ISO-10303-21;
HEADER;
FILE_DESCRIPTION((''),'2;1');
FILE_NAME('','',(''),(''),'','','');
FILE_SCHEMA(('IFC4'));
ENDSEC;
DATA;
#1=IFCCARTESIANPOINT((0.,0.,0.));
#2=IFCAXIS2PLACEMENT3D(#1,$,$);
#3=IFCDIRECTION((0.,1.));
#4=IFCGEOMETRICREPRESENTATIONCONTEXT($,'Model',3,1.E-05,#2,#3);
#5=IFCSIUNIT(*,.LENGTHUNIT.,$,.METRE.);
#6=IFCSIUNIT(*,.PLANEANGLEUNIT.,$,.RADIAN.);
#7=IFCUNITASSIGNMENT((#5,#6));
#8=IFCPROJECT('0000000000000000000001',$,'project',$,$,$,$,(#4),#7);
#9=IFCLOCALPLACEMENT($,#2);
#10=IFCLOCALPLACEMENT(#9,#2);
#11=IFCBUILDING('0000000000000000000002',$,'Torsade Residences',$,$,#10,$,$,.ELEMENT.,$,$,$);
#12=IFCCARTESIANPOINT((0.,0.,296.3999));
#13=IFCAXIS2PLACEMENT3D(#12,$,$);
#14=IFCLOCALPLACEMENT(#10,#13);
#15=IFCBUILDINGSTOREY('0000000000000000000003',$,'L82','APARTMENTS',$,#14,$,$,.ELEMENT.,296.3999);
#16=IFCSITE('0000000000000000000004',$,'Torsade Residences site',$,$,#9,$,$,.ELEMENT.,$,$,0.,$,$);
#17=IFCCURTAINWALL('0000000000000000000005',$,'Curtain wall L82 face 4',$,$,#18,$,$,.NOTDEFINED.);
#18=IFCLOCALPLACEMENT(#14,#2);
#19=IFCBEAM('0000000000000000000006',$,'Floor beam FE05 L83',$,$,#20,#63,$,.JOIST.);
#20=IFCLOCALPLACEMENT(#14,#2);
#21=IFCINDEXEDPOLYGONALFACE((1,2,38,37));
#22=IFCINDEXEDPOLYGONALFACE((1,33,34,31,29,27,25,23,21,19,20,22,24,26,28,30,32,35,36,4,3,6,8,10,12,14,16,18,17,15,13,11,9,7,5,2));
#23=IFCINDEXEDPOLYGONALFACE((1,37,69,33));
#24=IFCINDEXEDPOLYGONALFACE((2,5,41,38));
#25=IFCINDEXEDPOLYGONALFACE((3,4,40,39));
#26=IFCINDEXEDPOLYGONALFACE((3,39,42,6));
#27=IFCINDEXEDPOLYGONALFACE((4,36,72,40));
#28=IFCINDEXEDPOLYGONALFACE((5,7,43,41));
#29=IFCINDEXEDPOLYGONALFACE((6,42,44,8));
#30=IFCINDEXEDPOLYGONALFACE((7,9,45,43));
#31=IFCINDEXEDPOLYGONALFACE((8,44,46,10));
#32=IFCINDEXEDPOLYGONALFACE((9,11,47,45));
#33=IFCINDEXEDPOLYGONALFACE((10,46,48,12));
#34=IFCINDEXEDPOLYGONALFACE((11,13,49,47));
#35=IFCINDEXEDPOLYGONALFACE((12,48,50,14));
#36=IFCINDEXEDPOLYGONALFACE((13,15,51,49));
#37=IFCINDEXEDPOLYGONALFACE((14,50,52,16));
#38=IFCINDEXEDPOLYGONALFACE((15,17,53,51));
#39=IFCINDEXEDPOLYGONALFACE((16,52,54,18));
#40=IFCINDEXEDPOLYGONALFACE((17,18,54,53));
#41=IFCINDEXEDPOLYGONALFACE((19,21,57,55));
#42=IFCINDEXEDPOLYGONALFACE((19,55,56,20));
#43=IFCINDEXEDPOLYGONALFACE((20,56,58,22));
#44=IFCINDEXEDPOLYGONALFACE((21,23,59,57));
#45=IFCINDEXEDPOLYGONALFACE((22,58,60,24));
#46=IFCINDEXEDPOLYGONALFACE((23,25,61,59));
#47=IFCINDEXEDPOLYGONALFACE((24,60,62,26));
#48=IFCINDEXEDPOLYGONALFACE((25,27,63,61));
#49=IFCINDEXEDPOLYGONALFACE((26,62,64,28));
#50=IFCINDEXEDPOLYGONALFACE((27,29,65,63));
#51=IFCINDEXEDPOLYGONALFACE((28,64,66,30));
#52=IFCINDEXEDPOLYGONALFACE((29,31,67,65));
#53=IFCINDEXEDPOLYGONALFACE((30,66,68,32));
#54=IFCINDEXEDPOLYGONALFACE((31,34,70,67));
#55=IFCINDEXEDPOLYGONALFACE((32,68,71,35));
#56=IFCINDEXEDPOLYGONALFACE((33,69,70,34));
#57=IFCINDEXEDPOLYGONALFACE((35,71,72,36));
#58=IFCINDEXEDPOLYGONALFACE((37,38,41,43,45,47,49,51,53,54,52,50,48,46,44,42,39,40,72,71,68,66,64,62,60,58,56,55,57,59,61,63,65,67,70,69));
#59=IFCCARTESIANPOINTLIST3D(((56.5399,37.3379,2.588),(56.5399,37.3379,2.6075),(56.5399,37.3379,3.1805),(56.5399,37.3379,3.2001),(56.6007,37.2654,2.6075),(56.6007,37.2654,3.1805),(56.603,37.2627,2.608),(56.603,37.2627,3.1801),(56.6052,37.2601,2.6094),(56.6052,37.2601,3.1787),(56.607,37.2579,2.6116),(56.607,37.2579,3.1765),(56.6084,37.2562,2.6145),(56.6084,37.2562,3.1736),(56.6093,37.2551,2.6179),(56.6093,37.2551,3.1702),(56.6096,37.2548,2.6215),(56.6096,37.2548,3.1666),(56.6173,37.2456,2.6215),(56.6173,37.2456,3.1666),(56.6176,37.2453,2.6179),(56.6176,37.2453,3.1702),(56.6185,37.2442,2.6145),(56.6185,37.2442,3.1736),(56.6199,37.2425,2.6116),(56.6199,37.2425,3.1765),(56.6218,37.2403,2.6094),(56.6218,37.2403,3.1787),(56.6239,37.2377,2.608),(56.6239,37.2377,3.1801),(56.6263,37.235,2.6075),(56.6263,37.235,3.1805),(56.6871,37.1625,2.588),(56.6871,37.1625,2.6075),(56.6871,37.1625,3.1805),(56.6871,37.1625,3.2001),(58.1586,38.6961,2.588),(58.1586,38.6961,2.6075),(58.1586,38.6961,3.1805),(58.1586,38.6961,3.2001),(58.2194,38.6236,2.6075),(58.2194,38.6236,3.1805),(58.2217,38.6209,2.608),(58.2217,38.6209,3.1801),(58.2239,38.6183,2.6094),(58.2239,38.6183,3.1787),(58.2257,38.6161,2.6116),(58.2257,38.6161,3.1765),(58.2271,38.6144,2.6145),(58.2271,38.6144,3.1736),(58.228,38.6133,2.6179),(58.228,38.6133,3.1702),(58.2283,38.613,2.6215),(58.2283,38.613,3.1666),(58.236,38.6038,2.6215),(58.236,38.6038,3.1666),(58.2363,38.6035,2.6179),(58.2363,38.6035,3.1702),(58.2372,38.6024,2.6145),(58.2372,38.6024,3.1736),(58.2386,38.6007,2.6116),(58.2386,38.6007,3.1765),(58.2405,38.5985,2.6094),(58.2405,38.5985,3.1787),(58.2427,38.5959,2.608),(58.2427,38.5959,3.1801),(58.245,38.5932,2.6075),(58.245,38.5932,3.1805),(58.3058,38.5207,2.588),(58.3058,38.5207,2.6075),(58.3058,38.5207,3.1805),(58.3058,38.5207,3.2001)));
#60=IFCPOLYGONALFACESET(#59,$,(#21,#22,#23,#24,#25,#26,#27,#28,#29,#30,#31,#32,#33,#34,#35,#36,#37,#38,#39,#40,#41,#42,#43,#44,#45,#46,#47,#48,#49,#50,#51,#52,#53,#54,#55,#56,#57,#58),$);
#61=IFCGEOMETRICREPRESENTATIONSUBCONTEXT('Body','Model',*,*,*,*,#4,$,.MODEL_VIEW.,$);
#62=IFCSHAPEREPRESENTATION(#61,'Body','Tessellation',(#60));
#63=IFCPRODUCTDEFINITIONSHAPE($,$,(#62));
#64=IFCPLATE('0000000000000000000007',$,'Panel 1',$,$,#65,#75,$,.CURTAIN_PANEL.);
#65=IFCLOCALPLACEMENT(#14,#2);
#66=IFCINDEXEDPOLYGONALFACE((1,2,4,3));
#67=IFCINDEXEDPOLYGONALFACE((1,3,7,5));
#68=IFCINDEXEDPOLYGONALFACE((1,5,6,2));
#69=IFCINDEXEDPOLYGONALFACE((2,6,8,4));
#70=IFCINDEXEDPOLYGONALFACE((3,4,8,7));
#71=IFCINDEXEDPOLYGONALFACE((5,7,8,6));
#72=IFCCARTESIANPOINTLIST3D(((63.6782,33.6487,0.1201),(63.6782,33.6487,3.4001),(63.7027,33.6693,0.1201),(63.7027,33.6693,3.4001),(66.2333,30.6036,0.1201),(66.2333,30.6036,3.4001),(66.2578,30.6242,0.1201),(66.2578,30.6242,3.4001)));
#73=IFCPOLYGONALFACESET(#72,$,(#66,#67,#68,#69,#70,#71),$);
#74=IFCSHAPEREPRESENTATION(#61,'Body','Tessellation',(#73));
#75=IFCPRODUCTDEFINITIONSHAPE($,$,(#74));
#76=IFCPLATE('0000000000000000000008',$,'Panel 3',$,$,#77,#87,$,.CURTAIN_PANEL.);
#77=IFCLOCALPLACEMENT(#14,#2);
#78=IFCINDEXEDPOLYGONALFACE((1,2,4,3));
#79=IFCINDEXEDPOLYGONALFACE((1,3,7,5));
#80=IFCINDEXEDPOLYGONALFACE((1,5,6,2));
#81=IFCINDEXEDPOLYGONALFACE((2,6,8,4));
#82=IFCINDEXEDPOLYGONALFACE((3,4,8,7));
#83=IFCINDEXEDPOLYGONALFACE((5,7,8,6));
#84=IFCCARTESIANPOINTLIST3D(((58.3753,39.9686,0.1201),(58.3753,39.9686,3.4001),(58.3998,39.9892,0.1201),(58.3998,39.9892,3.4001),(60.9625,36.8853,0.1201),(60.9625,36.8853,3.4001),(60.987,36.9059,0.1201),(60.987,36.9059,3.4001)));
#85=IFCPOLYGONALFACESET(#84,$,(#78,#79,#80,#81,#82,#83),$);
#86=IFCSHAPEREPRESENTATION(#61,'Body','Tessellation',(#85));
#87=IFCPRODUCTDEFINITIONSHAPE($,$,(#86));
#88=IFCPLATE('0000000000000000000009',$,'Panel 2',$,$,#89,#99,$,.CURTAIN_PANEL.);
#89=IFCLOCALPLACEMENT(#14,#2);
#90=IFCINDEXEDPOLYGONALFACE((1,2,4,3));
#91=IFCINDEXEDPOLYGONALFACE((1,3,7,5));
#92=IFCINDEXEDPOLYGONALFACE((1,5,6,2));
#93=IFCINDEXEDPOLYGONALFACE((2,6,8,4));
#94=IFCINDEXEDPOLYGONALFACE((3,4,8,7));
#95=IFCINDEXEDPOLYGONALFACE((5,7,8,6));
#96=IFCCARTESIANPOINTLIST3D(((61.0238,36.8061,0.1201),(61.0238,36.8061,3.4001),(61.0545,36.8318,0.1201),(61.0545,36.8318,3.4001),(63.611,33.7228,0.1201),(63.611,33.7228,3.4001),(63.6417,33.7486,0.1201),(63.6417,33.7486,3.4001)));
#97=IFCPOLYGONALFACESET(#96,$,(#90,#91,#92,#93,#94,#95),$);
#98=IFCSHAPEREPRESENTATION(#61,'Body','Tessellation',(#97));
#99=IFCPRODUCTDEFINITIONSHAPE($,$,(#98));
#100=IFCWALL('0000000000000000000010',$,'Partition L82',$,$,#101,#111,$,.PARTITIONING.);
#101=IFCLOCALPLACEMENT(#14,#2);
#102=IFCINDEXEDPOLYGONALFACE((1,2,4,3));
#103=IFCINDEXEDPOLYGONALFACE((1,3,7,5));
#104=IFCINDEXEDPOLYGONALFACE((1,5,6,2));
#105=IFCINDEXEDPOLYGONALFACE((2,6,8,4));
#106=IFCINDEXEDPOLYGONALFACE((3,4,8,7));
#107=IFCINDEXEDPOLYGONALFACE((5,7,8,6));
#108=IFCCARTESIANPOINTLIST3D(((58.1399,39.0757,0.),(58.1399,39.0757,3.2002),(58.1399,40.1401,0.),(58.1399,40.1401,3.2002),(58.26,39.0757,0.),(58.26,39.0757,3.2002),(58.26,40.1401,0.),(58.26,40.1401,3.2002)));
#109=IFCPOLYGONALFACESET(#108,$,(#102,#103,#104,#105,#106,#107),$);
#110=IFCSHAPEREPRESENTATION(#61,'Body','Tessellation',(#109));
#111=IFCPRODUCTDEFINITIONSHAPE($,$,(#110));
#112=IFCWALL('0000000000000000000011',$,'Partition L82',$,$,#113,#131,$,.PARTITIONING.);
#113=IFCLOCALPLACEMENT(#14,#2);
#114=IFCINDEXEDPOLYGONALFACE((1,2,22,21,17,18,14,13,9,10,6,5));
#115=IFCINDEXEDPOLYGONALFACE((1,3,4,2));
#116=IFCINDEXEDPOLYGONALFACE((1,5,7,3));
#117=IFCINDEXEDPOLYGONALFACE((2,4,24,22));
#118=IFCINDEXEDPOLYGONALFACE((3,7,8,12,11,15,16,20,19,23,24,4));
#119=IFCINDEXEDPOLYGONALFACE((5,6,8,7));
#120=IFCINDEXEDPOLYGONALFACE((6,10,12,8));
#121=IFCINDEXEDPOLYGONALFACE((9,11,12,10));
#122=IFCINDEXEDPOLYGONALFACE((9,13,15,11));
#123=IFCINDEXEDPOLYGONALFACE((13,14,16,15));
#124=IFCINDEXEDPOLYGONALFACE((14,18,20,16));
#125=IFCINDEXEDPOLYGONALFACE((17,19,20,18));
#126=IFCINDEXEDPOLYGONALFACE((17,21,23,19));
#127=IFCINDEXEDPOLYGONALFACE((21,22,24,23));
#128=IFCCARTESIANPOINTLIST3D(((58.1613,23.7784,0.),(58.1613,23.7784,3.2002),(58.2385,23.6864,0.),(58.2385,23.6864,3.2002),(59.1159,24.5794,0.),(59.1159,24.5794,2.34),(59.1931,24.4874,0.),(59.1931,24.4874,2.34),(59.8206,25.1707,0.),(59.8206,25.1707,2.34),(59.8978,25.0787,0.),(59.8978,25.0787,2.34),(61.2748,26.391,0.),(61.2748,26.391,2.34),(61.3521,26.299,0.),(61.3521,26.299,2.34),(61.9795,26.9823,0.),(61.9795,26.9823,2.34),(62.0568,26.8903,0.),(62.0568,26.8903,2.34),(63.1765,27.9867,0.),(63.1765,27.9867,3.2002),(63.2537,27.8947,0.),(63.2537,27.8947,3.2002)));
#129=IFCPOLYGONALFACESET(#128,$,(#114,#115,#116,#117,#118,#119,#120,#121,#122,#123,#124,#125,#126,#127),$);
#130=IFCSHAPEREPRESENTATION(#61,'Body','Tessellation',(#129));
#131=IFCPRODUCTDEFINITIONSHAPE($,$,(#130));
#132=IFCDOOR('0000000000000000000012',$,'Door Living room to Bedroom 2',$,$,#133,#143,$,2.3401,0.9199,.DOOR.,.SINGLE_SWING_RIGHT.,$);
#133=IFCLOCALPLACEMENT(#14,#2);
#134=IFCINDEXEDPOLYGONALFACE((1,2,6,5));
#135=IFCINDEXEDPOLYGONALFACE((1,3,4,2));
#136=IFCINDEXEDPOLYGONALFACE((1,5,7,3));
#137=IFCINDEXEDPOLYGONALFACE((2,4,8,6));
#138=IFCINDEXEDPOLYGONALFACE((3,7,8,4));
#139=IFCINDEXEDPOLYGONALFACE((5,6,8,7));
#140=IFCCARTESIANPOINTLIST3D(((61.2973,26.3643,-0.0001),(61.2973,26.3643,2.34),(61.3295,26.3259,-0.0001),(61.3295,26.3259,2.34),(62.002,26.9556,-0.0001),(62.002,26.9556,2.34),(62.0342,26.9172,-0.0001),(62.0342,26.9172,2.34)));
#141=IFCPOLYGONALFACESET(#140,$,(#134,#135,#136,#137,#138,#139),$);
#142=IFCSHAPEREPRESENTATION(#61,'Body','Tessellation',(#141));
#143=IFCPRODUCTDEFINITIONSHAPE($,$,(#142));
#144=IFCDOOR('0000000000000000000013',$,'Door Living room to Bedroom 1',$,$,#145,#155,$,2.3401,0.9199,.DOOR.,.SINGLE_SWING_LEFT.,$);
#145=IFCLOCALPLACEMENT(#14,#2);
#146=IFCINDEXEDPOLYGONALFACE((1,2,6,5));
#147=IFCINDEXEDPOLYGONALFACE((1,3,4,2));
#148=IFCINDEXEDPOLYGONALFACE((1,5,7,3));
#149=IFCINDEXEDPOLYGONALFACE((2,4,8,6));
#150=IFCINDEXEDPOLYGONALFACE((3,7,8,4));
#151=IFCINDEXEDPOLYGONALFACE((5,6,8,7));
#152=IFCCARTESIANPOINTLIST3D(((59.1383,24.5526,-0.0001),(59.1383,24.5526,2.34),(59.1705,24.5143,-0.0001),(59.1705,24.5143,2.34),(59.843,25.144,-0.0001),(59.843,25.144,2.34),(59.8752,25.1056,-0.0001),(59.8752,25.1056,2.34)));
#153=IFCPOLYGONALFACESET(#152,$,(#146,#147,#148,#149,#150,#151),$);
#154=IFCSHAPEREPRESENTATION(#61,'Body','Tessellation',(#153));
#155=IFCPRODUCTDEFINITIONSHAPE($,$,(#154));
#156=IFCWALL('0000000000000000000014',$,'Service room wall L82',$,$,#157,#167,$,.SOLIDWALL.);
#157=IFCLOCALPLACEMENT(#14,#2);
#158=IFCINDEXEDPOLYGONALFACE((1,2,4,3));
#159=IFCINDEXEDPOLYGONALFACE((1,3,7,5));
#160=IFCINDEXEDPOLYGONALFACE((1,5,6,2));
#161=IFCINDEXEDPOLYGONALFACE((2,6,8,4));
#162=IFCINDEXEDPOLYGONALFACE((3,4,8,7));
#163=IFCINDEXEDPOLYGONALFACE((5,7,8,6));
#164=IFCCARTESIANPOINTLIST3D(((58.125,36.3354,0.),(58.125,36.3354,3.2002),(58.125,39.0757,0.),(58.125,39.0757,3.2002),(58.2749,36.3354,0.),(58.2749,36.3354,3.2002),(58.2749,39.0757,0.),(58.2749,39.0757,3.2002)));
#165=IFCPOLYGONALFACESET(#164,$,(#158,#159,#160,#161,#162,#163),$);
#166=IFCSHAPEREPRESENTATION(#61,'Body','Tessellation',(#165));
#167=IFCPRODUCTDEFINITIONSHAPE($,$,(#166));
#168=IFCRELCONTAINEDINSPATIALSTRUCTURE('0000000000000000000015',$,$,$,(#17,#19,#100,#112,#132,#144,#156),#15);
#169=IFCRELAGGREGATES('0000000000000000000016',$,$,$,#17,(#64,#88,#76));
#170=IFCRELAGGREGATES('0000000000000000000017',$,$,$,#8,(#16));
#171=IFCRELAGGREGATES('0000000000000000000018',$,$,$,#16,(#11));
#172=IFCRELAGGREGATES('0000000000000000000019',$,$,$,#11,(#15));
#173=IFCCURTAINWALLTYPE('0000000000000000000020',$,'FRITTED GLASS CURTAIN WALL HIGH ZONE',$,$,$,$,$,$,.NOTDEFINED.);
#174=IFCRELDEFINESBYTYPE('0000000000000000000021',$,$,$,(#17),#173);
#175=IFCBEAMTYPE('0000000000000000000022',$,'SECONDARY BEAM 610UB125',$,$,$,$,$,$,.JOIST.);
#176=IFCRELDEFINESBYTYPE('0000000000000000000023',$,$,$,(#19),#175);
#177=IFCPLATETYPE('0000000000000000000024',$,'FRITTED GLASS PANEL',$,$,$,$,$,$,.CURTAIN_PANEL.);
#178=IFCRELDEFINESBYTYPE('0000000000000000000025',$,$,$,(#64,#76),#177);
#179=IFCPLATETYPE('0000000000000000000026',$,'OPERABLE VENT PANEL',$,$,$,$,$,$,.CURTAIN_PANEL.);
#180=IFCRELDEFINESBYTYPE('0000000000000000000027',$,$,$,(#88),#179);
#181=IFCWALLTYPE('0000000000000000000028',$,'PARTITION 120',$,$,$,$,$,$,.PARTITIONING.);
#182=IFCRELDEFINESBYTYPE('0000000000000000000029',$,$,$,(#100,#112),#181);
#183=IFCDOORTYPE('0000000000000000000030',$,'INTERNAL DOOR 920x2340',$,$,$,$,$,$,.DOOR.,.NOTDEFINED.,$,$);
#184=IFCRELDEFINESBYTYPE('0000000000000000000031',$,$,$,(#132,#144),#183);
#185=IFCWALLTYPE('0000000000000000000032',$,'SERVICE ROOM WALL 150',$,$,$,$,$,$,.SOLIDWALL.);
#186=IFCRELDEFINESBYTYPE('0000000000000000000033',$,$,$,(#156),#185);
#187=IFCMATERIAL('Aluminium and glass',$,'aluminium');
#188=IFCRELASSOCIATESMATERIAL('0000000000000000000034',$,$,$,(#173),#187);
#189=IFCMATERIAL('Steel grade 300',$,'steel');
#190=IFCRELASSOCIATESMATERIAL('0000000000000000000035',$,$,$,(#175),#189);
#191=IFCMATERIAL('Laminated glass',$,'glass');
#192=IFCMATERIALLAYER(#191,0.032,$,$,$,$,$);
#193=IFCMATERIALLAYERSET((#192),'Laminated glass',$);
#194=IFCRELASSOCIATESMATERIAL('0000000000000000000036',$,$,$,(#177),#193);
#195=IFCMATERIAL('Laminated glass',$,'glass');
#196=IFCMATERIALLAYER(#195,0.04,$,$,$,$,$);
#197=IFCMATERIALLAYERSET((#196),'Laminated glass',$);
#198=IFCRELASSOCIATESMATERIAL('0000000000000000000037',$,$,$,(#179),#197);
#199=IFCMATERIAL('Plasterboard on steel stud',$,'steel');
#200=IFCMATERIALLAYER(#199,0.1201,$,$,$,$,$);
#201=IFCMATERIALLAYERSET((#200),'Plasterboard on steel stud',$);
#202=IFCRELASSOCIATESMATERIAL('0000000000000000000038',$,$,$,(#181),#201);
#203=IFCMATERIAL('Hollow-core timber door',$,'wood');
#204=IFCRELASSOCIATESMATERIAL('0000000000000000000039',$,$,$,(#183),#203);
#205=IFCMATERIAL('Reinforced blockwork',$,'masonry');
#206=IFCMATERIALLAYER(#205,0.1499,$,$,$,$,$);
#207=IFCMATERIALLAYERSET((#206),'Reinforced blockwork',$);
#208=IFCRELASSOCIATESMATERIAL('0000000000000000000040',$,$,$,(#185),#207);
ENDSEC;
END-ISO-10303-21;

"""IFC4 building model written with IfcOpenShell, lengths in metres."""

from ifc_helpers import new_model, si_unit, direction, frame, frame_2d, origin, origin_2d, place, context, subcontext, project, spatial, rectangle, i_section, extrude, material, layer, layer_set, material_profile, profile_set, type_object, element, fill, aggregate, save


model = new_model("IFC4")

# Units and contexts
model_context = context("Model", 3, precision=1e-05, world=origin(), true_north=direction((0.0, 1.0)))
body_context = subcontext(model_context, "Body", "Model", "MODEL_VIEW")
ifc_project = project(units=[si_unit("LENGTHUNIT", "METRE"), si_unit("PLANEANGLEUNIT", "RADIAN")], contexts=[model_context])

# Site, building, storey
site_placement = place(None, origin())
site = spatial("IfcSite", under=ifc_project, at=site_placement, Name="Torsade Residences site", CompositionType="ELEMENT", RefElevation=0.0)
building_placement = place(site_placement, origin())
building = spatial("IfcBuilding", under=site, at=building_placement, Name="Torsade Residences", CompositionType="ELEMENT")
storey_placement = place(building_placement, frame((0.0, 0.0, 296.3999)))
storey = spatial("IfcBuildingStorey", under=building, at=storey_placement, Name="L82", Description="APARTMENTS", CompositionType="ELEMENT", Elevation=296.3999)

# Curtain wall
ifc_material_1 = material(Name="Aluminium and glass", Category="aluminium")
curtain_wall_type = type_object("IfcCurtainWallType", Name="FRITTED GLASS CURTAIN WALL HIGH ZONE", PredefinedType="NOTDEFINED", material=ifc_material_1)
curtain_wall_placement = place(storey_placement, origin())
curtain_wall = element("IfcCurtainWall", 1, at=curtain_wall_placement, inside=storey, type_object=curtain_wall_type, Name="Curtain wall L82 face 4", PredefinedType="NOTDEFINED")

# Beam
ifc_material_2 = material(Name="Steel grade 300", Category="steel")
ifc_material_profile_1 = material_profile(ifc_material_2, i_section(OverallWidth=0.229, OverallDepth=0.6121, WebThickness=0.012, FlangeThickness=0.0195, FilletRadius=0.0139, at=origin_2d()), Name="610UB125")
ifc_profile_set_1 = profile_set([ifc_material_profile_1], Name="Steel grade 300")
beam_type_1 = type_object("IfcBeamType", Name="SECONDARY BEAM 610UB125", PredefinedType="JOIST", material=ifc_profile_set_1)
beam_1_placement = place(storey_placement, frame((58.2322, 38.6084, 2.894), z_axis=(-0.766058, -0.642772, 0.0), x_axis=(0.642772, -0.766058, 0.0)))
element("IfcBeam", 2, at=beam_1_placement, inside=storey, type_object=beam_type_1, Name="Floor beam FE05 L83", PredefinedType="JOIST", context=body_context, shape_type="SweptSolid", body=[
    extrude(i_section(OverallWidth=0.229, OverallDepth=0.6121, WebThickness=0.012, FlangeThickness=0.0195, FilletRadius=0.0139, at=origin_2d()), origin(), (0.0, 0.0, 1.0), 2.113),
])

# Plates
ifc_material_3 = material(Name="Laminated glass", Category="glass")
ifc_layer_1 = layer(ifc_material_3, 0.032)
ifc_layer_set_1 = layer_set([ifc_layer_1], Name="Laminated glass")
plate_type_1 = type_object("IfcPlateType", Name="FRITTED GLASS PANEL", PredefinedType="CURTAIN_PANEL", material=ifc_layer_set_1)
plate_1_placement = place(storey_placement, frame((64.968, 32.1365, 0.1201), z_axis=(0.0, 0.0, 1.0), x_axis=(-0.642788, 0.766044, 0.0)))
plate_1 = element("IfcPlate", 3, at=plate_1_placement, type_object=plate_type_1, Name="Panel 1", PredefinedType="CURTAIN_PANEL", context=body_context, shape_type="SweptSolid", body=[
    extrude(rectangle(XDim=3.9751, YDim=0.032, at=origin_2d()), origin(), (0.0, 0.0, 1.0), 3.28),
])
plate_2_placement = place(storey_placement, frame((59.6812, 38.4373, 0.1201), z_axis=(0.0, 0.0, 1.0), x_axis=(-0.642788, 0.766044, 0.0)))
plate_2 = element("IfcPlate", 4, at=plate_2_placement, type_object=plate_type_1, Name="Panel 3", PredefinedType="CURTAIN_PANEL", context=body_context, shape_type="SweptSolid", body=[
    extrude(rectangle(XDim=4.0249, YDim=0.032, at=origin_2d()), origin(), (0.0, 0.0, 1.0), 3.28),
])
ifc_material_4 = material(Name="Laminated glass", Category="glass")
ifc_layer_2 = layer(ifc_material_4, 0.04)
ifc_layer_set_2 = layer_set([ifc_layer_2], Name="Laminated glass")
plate_type_2 = type_object("IfcPlateType", Name="OPERABLE VENT PANEL", PredefinedType="CURTAIN_PANEL", material=ifc_layer_set_2)
plate_3_placement = place(storey_placement, frame((62.3328, 35.2773, 0.1201), z_axis=(0.0, 0.0, 1.0), x_axis=(-0.642788, 0.766044, 0.0)))
plate_3 = element("IfcPlate", 5, at=plate_3_placement, type_object=plate_type_2, Name="Panel 2", PredefinedType="CURTAIN_PANEL", context=body_context, shape_type="SweptSolid", body=[
    extrude(rectangle(XDim=4.0249, YDim=0.04, at=origin_2d()), origin(), (0.0, 0.0, 1.0), 3.28),
])
aggregate(curtain_wall, [plate_1, plate_3, plate_2])

# Wall
ifc_material_5 = material(Name="Plasterboard on steel stud", Category="steel")
ifc_layer_3 = layer(ifc_material_5, 0.1201)
ifc_layer_set_3 = layer_set([ifc_layer_3], Name="Plasterboard on steel stud")
wall_type_1 = type_object("IfcWallType", Name="PARTITION 120", PredefinedType="PARTITIONING", material=ifc_layer_set_3)
wall_1_placement = place(storey_placement, frame((58.2, 40.1401, 0.0), z_axis=(0.0, 0.0, 1.0), x_axis=(0.0, -1.0, 0.0)))
element("IfcWall", 6, at=wall_1_placement, inside=storey, type_object=wall_type_1, Name="Partition L82", PredefinedType="PARTITIONING", context=body_context, shape_type="SweptSolid", body=[
    extrude(rectangle(XDim=1.0645, YDim=0.1201, at=frame_2d((0.5322, 0.0))), origin(), (0.0, 0.0, 1.0), 3.2002),
])

# Wall, openings, doors
wall_2_placement = place(storey_placement, frame((63.2151, 27.9407, 0.0), z_axis=(0.0, 0.0, 1.0), x_axis=(-0.76604, -0.642792, 0.0)))
wall_2 = element("IfcWall", 7, at=wall_2_placement, inside=storey, type_object=wall_type_1, Name="Partition L82", PredefinedType="PARTITIONING", context=body_context, shape_type="SweptSolid", body=[
    extrude(rectangle(XDim=6.5469, YDim=0.1201, at=frame_2d((3.2734, 0.0))), origin(), (0.0, 0.0, 1.0), 3.2002),
])
opening_1_placement = place(wall_2_placement, frame((1.5625, 0.0, 0.0)))
opening_1 = element("IfcOpeningElement", 8, at=opening_1_placement, cuts=wall_2, PredefinedType="OPENING", context=body_context, shape_type="SweptSolid", body=[
    extrude(rectangle(XDim=0.9199, YDim=2.3401, at=frame_2d((0.46, 1.1699))), frame((0.0, 0.0701, 0.0), z_axis=(0.0, -1.0, 0.0), x_axis=(1.0, 0.0, 0.0)), (0.0, 0.0, 1.0), 0.1401),
])
opening_2_placement = place(wall_2_placement, frame((4.3809, 0.0, 0.0)))
opening_2 = element("IfcOpeningElement", 9, at=opening_2_placement, cuts=wall_2, PredefinedType="OPENING", context=body_context, shape_type="SweptSolid", body=[
    extrude(rectangle(XDim=0.9199, YDim=2.3401, at=frame_2d((0.46, 1.1699))), frame((0.0, 0.0701, 0.0), z_axis=(0.0, -1.0, 0.0), x_axis=(1.0, 0.0, 0.0)), (0.0, 0.0, 1.0), 0.1401),
])
ifc_material_6 = material(Name="Hollow-core timber door", Category="wood")
door_type = type_object("IfcDoorType", Name="INTERNAL DOOR 920x2340", OperationType="NOTDEFINED", PredefinedType="DOOR", material=ifc_material_6)
door_1_placement = place(opening_1_placement, origin())
door_1 = element("IfcDoor", 10, at=door_1_placement, inside=storey, type_object=door_type, Name="Door Living room to Bedroom 2", OperationType="SINGLE_SWING_RIGHT", OverallHeight=2.3401, OverallWidth=0.9199, PredefinedType="DOOR", context=body_context, shape_type="SweptSolid", body=[
    extrude(rectangle(XDim=0.9199, YDim=2.3401, at=frame_2d((0.46, 1.1699))), frame((0.0, 0.0249, 0.0), z_axis=(0.0, -1.0, 0.0), x_axis=(1.0, 0.0, 0.0)), (0.0, 0.0, 1.0), 0.05),
])
fill(opening_1, door_1)
door_2_placement = place(opening_2_placement, origin())
door_2 = element("IfcDoor", 11, at=door_2_placement, inside=storey, type_object=door_type, Name="Door Living room to Bedroom 1", OperationType="SINGLE_SWING_LEFT", OverallHeight=2.3401, OverallWidth=0.9199, PredefinedType="DOOR", context=body_context, shape_type="SweptSolid", body=[
    extrude(rectangle(XDim=0.9199, YDim=2.3401, at=frame_2d((0.46, 1.1699))), frame((0.0, 0.0249, 0.0), z_axis=(0.0, -1.0, 0.0), x_axis=(1.0, 0.0, 0.0)), (0.0, 0.0, 1.0), 0.05),
])
fill(opening_2, door_2)

# Wall
ifc_material_7 = material(Name="Reinforced blockwork", Category="masonry")
ifc_layer_4 = layer(ifc_material_7, 0.1499)
ifc_layer_set_4 = layer_set([ifc_layer_4], Name="Reinforced blockwork")
wall_type_2 = type_object("IfcWallType", Name="SERVICE ROOM WALL 150", PredefinedType="SOLIDWALL", material=ifc_layer_set_4)
wall_3_placement = place(storey_placement, frame((58.2, 39.0757, 0.0), z_axis=(0.0, 0.0, 1.0), x_axis=(0.0, -1.0, 0.0)))
element("IfcWall", 12, at=wall_3_placement, inside=storey, type_object=wall_type_2, Name="Service room wall L82", PredefinedType="SOLIDWALL", context=body_context, shape_type="SweptSolid", body=[
    extrude(rectangle(XDim=2.7402, YDim=0.1499, at=frame_2d((1.3701, 0.0))), origin(), (0.0, 0.0, 1.0), 3.2002),
])

save(model, "model.ifc")
